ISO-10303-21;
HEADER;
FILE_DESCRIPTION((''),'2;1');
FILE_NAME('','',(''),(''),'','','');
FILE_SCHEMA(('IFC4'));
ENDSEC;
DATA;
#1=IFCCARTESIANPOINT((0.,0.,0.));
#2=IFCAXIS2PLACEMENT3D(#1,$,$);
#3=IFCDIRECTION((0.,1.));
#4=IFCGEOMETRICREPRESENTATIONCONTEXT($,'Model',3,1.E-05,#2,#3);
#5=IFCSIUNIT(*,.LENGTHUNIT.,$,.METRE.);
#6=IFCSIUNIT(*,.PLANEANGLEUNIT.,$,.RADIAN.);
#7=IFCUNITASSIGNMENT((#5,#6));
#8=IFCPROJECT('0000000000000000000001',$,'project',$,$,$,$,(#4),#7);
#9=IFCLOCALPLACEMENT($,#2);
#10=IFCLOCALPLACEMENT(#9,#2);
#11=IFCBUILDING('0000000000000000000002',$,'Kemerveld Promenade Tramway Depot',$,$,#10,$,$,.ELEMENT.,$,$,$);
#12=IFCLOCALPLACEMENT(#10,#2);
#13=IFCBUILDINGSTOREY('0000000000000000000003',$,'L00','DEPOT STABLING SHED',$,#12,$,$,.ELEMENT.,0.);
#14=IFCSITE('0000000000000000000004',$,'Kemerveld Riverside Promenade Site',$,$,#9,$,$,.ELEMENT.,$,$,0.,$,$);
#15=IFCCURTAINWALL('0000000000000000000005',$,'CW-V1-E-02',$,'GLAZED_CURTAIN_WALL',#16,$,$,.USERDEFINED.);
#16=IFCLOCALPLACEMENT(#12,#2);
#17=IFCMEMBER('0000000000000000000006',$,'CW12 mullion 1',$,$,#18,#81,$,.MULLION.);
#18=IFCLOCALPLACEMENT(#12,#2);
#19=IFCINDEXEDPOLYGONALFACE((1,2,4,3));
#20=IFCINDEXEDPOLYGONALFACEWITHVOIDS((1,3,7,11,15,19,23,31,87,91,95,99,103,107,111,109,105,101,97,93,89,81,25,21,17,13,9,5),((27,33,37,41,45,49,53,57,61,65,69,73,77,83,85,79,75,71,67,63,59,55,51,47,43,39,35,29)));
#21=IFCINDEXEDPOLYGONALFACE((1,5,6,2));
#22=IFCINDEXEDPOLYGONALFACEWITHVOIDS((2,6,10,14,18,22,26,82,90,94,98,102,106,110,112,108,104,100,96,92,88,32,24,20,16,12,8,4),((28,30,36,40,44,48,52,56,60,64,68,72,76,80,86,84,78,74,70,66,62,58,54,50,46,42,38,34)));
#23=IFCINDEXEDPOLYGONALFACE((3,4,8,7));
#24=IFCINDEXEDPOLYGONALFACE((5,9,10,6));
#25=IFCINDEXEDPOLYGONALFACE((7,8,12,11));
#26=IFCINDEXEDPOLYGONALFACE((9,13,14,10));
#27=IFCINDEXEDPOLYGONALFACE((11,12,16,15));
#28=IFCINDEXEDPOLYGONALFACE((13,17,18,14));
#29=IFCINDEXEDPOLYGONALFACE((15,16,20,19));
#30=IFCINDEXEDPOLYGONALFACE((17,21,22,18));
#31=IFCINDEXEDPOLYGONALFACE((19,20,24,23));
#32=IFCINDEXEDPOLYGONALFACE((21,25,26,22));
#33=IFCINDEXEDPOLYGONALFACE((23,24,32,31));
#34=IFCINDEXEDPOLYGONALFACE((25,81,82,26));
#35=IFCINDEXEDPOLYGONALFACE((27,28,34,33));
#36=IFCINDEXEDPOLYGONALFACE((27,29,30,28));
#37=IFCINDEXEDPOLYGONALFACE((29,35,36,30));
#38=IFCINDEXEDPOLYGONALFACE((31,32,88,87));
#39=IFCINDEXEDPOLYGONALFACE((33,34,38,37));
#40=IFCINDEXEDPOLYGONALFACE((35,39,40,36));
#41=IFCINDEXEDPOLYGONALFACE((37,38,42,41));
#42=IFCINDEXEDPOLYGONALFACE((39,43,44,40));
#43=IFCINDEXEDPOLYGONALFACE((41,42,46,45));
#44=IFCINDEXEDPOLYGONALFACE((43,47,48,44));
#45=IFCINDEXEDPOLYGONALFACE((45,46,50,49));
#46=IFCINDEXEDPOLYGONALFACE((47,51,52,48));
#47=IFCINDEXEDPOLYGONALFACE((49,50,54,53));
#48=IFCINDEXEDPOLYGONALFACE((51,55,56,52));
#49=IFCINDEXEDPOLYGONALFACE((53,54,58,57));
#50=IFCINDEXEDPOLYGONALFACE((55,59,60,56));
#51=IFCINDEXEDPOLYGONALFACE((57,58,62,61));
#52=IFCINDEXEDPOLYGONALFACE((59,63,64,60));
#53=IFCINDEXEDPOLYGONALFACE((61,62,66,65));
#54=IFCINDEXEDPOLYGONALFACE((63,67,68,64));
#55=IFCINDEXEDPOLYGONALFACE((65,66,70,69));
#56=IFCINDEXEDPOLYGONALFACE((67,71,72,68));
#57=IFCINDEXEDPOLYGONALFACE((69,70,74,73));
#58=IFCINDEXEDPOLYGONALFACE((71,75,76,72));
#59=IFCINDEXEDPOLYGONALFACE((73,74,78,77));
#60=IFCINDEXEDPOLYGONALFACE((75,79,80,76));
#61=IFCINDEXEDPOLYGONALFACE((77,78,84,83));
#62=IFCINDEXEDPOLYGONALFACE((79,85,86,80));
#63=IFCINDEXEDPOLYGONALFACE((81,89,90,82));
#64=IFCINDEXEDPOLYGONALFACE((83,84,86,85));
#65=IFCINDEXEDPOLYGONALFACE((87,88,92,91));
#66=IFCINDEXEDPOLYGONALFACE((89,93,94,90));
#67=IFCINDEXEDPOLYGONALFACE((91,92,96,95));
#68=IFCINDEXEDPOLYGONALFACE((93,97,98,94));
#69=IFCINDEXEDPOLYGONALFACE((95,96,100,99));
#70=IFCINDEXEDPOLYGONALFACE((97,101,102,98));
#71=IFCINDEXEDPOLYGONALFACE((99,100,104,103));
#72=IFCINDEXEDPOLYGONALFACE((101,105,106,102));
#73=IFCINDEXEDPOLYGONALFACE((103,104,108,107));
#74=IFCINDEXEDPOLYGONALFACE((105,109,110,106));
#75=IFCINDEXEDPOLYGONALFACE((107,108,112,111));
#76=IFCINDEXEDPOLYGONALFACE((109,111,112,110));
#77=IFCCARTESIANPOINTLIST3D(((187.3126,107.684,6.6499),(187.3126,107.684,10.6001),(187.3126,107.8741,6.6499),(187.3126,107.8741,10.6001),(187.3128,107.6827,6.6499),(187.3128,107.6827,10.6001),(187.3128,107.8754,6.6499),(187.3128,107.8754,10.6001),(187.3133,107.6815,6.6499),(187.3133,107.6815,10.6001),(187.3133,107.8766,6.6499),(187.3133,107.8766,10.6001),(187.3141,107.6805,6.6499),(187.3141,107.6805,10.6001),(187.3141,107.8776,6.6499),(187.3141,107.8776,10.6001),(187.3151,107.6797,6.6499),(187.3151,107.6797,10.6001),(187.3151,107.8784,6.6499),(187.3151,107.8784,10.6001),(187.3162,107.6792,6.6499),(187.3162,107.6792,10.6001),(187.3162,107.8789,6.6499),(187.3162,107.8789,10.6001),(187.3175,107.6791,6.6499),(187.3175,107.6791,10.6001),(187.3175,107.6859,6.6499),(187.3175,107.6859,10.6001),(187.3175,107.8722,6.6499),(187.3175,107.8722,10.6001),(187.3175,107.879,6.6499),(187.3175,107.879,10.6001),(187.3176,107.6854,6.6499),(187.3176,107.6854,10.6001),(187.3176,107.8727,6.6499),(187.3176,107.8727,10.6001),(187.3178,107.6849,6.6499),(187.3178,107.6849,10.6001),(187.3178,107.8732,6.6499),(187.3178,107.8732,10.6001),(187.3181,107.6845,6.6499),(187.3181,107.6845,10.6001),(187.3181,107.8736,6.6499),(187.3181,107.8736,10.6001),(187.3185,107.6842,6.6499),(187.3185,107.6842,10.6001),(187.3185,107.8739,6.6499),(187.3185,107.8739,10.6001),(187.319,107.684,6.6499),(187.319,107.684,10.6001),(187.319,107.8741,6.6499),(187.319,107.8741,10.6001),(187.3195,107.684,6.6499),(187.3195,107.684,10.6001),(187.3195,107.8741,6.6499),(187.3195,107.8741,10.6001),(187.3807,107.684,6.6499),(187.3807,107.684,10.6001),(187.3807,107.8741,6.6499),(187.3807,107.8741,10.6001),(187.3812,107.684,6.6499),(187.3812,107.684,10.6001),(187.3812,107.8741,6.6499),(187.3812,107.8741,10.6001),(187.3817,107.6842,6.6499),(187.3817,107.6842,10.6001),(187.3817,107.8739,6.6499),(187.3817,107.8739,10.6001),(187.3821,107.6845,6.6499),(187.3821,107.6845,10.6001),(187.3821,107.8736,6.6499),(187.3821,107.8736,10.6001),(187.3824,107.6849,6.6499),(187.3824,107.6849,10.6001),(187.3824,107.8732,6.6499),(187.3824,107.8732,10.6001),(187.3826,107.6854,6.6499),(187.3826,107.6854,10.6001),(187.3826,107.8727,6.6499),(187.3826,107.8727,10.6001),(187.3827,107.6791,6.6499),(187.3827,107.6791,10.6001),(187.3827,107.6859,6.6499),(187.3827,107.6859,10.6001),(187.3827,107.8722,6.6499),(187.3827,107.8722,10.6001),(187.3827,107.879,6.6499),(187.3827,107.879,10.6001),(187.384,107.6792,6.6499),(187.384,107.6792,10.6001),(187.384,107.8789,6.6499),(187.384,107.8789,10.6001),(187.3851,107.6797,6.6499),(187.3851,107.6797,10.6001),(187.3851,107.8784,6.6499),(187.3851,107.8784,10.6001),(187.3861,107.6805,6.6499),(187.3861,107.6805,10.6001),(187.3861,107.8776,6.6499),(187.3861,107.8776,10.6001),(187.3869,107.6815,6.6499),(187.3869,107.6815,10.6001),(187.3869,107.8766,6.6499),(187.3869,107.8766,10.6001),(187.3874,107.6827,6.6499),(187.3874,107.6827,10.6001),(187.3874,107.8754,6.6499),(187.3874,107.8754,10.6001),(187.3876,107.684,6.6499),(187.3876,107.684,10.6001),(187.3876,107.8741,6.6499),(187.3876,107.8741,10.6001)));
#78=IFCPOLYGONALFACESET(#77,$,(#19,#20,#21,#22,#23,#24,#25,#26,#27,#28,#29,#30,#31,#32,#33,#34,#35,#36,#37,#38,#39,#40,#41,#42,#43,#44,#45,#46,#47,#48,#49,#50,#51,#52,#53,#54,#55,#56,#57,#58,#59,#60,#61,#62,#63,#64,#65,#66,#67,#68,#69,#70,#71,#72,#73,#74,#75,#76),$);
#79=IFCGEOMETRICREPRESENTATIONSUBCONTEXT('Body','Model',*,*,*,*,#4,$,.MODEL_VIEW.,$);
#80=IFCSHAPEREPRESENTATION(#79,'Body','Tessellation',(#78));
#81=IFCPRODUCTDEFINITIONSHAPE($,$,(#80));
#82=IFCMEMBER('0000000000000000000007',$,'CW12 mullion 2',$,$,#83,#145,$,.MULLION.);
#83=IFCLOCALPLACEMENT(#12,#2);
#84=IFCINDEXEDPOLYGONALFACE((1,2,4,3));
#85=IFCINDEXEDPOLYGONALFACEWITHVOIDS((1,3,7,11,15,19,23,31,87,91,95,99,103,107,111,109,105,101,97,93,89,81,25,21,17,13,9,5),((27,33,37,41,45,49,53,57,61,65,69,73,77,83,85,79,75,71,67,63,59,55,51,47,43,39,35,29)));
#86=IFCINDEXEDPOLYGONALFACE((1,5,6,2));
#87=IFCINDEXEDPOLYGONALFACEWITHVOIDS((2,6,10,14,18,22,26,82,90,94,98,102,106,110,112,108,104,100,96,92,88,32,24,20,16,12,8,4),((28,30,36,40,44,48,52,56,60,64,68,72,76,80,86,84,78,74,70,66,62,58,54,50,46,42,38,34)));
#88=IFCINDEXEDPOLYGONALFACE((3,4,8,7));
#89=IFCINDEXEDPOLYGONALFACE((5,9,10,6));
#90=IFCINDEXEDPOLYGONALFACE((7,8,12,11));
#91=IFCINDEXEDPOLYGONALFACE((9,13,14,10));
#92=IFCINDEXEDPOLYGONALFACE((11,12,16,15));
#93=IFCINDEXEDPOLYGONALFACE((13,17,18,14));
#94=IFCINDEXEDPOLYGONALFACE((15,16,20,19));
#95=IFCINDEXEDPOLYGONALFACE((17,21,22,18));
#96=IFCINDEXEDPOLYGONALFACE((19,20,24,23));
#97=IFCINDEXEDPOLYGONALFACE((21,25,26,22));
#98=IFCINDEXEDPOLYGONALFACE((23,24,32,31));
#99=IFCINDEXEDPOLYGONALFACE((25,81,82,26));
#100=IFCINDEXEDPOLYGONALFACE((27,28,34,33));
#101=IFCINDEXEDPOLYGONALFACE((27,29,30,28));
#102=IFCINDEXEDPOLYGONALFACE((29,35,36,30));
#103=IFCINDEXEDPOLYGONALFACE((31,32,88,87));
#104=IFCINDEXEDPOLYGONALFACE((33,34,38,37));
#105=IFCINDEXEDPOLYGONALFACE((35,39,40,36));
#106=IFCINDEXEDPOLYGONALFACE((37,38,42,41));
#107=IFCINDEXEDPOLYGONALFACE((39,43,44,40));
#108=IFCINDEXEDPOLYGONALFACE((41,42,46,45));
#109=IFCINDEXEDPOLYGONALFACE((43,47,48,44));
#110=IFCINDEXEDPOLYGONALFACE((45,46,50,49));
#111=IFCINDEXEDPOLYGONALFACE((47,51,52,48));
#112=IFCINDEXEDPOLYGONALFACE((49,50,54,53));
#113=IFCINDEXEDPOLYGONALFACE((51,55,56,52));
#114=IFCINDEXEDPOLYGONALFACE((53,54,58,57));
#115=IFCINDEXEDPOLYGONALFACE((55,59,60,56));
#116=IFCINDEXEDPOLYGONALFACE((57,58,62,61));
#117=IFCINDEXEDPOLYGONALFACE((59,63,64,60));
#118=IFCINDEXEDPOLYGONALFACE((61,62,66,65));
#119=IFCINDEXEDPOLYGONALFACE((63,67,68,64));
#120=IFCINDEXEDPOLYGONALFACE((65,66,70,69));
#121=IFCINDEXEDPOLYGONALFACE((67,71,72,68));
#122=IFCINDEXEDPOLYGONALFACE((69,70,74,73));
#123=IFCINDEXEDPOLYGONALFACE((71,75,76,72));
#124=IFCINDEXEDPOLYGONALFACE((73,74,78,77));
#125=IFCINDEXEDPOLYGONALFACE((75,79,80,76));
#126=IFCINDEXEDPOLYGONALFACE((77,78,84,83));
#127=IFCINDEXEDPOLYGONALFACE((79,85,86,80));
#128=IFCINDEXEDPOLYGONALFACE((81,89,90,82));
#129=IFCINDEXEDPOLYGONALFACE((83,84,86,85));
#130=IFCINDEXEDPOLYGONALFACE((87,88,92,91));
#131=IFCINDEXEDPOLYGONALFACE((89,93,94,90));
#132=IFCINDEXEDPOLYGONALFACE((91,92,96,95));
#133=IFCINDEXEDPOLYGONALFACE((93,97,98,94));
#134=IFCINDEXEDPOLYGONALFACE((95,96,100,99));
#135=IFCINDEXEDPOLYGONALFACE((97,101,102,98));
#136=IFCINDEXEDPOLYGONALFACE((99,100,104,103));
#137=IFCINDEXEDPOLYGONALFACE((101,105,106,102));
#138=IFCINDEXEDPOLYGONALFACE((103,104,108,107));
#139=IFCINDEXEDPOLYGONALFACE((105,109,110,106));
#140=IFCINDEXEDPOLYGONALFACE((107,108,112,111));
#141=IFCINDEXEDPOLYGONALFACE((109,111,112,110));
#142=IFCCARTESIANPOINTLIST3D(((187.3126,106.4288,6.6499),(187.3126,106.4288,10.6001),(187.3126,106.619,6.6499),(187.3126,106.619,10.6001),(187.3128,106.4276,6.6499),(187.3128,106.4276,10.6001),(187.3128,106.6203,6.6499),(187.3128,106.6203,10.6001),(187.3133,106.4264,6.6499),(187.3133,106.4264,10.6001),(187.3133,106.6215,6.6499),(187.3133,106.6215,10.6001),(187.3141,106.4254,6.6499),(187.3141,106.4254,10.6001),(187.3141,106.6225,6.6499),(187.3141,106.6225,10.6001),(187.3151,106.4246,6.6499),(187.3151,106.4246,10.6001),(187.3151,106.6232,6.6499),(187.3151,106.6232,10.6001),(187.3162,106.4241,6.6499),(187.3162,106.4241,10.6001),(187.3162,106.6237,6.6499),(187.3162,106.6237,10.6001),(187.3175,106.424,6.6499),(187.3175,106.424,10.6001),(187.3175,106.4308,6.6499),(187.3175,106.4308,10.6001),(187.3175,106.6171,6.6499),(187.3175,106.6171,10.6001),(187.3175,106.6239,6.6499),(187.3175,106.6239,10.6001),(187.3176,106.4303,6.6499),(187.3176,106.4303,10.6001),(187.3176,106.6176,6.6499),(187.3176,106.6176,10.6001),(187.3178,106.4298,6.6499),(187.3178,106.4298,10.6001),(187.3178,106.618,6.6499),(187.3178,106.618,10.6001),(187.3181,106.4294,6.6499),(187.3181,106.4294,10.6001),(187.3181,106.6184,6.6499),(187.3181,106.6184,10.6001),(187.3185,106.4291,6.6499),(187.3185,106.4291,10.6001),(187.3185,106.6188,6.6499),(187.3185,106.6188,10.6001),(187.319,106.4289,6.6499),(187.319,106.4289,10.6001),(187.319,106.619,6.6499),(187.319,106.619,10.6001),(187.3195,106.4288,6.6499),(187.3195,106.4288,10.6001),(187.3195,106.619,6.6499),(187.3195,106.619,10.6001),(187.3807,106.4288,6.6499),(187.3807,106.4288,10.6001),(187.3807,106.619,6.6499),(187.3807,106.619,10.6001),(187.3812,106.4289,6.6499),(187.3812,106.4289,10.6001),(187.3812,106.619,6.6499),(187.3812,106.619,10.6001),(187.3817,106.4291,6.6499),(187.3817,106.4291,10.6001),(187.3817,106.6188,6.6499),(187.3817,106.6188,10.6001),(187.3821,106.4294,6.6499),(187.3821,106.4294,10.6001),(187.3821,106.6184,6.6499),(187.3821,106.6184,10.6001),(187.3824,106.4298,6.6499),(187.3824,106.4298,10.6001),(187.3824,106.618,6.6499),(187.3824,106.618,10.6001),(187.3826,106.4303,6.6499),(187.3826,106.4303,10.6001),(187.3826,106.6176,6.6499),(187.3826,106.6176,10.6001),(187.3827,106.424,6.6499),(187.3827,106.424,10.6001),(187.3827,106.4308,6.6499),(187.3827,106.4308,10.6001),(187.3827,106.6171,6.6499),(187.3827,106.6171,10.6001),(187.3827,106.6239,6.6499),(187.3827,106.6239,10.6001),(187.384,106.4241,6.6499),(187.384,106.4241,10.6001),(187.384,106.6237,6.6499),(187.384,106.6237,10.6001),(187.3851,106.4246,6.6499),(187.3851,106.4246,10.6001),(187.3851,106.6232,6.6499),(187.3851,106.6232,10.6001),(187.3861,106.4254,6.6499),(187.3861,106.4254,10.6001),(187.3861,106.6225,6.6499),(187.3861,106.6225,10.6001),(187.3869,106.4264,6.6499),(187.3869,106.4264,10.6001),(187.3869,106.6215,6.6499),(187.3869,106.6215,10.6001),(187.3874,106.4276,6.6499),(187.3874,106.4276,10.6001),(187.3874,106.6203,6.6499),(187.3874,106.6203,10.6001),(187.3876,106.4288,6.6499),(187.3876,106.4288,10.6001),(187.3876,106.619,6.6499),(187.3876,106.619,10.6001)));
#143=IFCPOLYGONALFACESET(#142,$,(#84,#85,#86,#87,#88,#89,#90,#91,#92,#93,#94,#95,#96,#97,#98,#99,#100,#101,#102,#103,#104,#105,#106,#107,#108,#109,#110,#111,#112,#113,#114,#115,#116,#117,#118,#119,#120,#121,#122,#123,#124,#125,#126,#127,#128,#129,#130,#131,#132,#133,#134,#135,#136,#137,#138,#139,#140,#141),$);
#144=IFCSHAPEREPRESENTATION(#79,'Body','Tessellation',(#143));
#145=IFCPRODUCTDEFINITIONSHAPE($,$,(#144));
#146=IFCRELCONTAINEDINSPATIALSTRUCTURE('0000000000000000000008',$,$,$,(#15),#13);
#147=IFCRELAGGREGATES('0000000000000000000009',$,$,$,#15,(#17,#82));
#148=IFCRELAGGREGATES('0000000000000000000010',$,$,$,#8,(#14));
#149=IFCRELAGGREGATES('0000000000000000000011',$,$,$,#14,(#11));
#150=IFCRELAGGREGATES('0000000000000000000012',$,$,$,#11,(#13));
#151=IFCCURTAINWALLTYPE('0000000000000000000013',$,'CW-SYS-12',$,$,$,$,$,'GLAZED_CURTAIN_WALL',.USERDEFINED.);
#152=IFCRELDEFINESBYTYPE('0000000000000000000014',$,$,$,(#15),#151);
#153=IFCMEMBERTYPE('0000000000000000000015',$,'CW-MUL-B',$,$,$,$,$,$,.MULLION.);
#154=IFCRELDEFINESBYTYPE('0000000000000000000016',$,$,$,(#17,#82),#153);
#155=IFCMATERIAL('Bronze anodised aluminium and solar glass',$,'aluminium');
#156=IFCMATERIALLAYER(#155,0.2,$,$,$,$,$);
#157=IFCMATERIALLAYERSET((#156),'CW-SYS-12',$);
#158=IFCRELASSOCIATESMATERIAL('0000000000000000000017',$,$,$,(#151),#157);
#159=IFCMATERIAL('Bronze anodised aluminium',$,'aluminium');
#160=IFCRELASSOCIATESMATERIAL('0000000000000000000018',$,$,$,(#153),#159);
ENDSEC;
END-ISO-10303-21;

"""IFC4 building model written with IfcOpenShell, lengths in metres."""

from ifc_helpers import new_model, si_unit, direction, frame, origin, origin_2d, place, context, subcontext, project, spatial, hollow_rectangle, extrude, material, layer, layer_set, material_profile, profile_set, type_object, element, aggregate, save


model = new_model("IFC4")

# Units and contexts
model_context = context("Model", 3, precision=1e-05, world=origin(), true_north=direction((0.0, 1.0)))
body_context = subcontext(model_context, "Body", "Model", "MODEL_VIEW")
ifc_project = project(units=[si_unit("LENGTHUNIT", "METRE"), si_unit("PLANEANGLEUNIT", "RADIAN")], contexts=[model_context])

# Site, building, storey
site_placement = place(None, origin())
site = spatial("IfcSite", under=ifc_project, at=site_placement, Name="Kemerveld Riverside Promenade Site", CompositionType="ELEMENT", RefElevation=0.0)
building_placement = place(site_placement, origin())
building = spatial("IfcBuilding", under=site, at=building_placement, Name="Kemerveld Promenade Tramway Depot", CompositionType="ELEMENT")
storey_placement = place(building_placement, origin())
storey = spatial("IfcBuildingStorey", under=building, at=storey_placement, Name="L00", Description="DEPOT STABLING SHED", CompositionType="ELEMENT", Elevation=0.0)

# Curtain wall, members
ifc_material_1 = material(Name="Bronze anodised aluminium and solar glass", Category="aluminium")
ifc_material_2 = material(Name="Bronze anodised aluminium", Category="aluminium")
ifc_layer_1 = layer(ifc_material_1, 0.2)
ifc_layer_set_1 = layer_set([ifc_layer_1], Name="CW-SYS-12")
curtain_wall_type_1 = type_object("IfcCurtainWallType", Name="CW-SYS-12", ElementType="GLAZED_CURTAIN_WALL", PredefinedType="USERDEFINED", material=ifc_layer_set_1)
curtain_wall_1_placement = place(storey_placement, origin())
curtain_wall_1 = element("IfcCurtainWall", 1, at=curtain_wall_1_placement, inside=storey, type_object=curtain_wall_type_1, Name="CW-V1-E-02", ObjectType="GLAZED_CURTAIN_WALL", PredefinedType="USERDEFINED")
ifc_material_profile_1 = material_profile(ifc_material_2, hollow_rectangle(XDim=0.075, YDim=0.2, WallThickness=0.0049, InnerFilletRadius=0.002, OuterFilletRadius=0.0049, at=origin_2d()), Name="CW-MUL-200x75")
ifc_profile_set_1 = profile_set([ifc_material_profile_1], Name="Bronze anodised aluminium")
member_type_1 = type_object("IfcMemberType", Name="CW-MUL-B", PredefinedType="MULLION", material=ifc_profile_set_1)
member_1_placement = place(storey_placement, frame((187.3501, 107.7791, 6.6499), z_axis=(0.0, 0.0, 1.0), x_axis=(1.0, 0.0, 0.0)))
member_1 = element("IfcMember", 2, at=member_1_placement, type_object=member_type_1, Name="CW12 mullion 1", PredefinedType="MULLION", context=body_context, shape_type="SweptSolid", body=[
    extrude(hollow_rectangle(XDim=0.075, YDim=0.2, WallThickness=0.0049, InnerFilletRadius=0.002, OuterFilletRadius=0.0049, at=origin_2d()), origin(), (0.0, 0.0, 1.0), 3.9502),
])
member_2_placement = place(storey_placement, frame((187.3501, 106.5239, 6.6499), z_axis=(0.0, 0.0, 1.0), x_axis=(1.0, 0.0, 0.0)))
member_2 = element("IfcMember", 3, at=member_2_placement, type_object=member_type_1, Name="CW12 mullion 2", PredefinedType="MULLION", context=body_context, shape_type="SweptSolid", body=[
    extrude(hollow_rectangle(XDim=0.075, YDim=0.2, WallThickness=0.0049, InnerFilletRadius=0.002, OuterFilletRadius=0.0049, at=origin_2d()), origin(), (0.0, 0.0, 1.0), 3.9502),
])

aggregate(curtain_wall_1, [member_1, member_2])

save(model, "model.ifc")
